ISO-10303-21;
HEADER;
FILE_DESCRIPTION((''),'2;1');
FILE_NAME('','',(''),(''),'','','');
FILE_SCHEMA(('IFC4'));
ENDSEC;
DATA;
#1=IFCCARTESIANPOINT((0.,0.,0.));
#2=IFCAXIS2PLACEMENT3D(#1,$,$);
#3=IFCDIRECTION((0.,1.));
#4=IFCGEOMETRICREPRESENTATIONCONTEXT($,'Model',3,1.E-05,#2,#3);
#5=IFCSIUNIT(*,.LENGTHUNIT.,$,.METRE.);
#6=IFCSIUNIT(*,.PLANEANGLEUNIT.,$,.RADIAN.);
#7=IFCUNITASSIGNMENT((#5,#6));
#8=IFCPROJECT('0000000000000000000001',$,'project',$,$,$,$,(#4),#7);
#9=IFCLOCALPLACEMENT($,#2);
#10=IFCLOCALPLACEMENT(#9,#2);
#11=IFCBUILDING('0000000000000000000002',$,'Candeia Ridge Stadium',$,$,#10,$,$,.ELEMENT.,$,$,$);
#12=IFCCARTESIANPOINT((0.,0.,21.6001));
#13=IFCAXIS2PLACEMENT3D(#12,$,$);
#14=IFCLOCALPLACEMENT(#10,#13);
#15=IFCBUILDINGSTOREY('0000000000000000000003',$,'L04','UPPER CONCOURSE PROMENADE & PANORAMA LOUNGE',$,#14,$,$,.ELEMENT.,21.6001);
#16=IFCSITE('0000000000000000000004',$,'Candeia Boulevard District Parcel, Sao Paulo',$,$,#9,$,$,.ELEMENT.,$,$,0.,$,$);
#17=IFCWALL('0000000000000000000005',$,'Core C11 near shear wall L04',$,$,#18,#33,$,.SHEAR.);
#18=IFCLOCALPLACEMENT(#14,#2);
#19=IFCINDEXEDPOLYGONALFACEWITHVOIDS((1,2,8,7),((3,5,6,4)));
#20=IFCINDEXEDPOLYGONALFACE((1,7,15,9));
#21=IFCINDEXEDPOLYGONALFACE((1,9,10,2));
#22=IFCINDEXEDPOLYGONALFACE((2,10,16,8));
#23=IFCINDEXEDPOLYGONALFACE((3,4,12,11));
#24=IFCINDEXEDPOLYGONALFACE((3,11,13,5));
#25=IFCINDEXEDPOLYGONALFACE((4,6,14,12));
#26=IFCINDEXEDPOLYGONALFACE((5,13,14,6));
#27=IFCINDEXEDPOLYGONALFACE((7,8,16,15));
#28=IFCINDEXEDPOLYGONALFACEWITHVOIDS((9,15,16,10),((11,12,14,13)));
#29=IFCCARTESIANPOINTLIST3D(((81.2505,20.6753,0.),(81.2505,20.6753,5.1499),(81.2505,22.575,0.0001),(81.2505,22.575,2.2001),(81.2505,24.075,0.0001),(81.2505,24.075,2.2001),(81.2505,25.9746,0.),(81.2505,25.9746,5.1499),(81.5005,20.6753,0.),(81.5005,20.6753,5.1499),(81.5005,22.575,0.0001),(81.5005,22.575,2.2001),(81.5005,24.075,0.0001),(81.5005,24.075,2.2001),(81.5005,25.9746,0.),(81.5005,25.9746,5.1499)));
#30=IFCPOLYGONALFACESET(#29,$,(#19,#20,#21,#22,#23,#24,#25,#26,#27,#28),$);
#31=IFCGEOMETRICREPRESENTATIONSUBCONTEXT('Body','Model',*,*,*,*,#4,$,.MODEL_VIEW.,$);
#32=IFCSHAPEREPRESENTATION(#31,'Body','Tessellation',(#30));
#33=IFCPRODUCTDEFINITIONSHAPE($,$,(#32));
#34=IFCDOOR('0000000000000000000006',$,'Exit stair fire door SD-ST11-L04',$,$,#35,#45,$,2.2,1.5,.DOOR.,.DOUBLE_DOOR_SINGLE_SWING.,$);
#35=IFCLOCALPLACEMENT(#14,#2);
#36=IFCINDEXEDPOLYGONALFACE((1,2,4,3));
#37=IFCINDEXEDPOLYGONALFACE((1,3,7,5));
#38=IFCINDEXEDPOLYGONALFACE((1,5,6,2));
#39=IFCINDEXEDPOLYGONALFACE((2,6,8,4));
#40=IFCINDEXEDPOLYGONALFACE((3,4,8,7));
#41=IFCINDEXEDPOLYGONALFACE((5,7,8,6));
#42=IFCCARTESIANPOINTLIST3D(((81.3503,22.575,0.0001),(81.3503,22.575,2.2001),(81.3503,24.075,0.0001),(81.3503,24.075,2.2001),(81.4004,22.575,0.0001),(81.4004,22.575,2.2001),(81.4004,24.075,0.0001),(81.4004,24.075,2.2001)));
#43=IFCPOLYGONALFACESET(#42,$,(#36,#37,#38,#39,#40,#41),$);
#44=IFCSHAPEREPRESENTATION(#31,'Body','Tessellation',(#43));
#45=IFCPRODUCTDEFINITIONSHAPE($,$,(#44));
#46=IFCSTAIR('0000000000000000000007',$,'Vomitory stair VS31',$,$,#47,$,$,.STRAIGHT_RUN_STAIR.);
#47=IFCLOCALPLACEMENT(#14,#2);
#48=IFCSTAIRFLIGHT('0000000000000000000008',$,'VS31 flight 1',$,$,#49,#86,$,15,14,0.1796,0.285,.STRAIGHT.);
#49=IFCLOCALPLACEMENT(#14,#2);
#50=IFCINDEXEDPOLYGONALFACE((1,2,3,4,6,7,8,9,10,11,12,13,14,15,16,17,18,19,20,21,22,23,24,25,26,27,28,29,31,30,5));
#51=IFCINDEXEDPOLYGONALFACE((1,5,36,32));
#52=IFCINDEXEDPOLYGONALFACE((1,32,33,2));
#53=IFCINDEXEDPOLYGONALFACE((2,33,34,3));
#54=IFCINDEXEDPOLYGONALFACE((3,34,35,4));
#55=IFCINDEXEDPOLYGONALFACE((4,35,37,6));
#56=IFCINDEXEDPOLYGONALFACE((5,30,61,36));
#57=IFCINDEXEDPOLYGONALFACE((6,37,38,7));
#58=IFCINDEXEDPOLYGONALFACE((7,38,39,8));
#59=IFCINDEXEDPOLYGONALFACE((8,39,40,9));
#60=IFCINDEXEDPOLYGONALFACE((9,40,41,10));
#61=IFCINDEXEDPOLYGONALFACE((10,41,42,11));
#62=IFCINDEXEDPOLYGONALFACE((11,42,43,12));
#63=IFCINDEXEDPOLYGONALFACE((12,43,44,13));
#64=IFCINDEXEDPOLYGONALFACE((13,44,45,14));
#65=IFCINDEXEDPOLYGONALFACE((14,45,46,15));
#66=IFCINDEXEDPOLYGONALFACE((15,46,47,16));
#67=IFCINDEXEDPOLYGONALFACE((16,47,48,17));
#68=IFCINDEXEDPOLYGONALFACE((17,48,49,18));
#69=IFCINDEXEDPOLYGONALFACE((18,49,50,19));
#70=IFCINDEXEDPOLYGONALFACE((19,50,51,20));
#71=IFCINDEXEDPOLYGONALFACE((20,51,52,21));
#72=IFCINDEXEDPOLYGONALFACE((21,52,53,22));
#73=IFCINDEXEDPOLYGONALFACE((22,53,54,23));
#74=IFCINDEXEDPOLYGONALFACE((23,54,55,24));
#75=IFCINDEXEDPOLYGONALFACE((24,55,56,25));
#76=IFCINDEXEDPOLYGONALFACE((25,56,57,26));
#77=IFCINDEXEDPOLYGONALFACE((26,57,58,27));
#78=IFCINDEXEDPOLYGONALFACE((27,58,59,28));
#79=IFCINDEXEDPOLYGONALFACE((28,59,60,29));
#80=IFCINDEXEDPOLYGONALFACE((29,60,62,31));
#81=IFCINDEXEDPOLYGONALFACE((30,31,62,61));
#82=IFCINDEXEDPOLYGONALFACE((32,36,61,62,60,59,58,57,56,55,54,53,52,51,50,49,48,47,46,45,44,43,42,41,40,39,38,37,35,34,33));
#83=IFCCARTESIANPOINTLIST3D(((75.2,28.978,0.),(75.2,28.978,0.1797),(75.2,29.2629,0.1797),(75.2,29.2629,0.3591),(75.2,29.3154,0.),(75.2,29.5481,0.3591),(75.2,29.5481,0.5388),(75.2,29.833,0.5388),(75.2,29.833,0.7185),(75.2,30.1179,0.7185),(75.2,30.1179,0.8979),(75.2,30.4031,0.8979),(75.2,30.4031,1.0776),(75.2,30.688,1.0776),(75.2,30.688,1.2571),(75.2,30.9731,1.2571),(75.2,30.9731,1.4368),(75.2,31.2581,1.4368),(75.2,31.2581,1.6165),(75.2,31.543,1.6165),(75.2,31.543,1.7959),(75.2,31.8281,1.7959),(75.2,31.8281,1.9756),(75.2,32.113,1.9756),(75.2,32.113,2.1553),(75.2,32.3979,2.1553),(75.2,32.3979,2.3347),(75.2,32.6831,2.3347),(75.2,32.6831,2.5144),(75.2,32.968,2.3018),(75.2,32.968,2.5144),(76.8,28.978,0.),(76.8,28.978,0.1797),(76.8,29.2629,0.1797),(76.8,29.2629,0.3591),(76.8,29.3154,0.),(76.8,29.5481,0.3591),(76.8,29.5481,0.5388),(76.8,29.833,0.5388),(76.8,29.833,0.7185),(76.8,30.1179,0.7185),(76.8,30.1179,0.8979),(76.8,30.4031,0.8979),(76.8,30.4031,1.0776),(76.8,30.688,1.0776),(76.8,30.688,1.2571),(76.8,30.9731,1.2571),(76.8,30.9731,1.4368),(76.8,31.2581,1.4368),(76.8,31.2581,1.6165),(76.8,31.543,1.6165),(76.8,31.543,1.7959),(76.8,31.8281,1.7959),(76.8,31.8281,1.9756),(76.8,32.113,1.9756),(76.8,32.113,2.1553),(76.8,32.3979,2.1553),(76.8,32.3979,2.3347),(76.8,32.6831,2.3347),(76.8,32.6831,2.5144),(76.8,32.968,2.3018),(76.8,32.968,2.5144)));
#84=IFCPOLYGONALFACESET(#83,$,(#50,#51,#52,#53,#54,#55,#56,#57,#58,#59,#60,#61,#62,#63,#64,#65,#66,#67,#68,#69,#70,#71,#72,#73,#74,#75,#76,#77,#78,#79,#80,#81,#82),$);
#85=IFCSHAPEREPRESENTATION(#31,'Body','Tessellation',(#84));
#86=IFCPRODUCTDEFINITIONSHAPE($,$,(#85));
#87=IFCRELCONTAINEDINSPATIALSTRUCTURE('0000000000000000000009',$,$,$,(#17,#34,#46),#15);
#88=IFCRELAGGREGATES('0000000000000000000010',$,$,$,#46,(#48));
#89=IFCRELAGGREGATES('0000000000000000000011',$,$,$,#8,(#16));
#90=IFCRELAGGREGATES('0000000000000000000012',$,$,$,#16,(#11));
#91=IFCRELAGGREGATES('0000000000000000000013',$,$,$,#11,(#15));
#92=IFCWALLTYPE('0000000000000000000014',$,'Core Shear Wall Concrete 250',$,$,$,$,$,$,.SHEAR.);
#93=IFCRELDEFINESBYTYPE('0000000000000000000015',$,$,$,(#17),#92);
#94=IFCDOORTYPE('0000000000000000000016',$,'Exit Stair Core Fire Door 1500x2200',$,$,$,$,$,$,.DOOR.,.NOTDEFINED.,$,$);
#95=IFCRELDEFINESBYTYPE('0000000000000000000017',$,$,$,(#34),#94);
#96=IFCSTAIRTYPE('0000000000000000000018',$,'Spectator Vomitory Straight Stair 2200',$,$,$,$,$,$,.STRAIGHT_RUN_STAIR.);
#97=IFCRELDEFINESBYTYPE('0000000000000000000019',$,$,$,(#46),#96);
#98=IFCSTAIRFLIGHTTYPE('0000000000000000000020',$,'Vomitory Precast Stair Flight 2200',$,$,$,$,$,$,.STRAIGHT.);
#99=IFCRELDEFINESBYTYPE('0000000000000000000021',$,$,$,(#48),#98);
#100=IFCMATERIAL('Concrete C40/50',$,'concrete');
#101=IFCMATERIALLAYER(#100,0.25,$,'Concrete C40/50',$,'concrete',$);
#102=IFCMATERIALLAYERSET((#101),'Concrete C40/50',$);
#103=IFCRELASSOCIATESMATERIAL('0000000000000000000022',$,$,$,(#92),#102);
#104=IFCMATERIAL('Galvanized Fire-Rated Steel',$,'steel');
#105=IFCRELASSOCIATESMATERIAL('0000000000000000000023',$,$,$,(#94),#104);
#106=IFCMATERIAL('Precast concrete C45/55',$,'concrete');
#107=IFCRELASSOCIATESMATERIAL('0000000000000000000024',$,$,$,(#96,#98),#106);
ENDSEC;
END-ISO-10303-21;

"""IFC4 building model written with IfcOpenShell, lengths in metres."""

from ifc_helpers import new_model, si_unit, direction, frame, frame_2d, origin, place, context, subcontext, project, spatial, polyline, rectangle, outline, extrude, material, layer, layer_set, type_object, element, fill, aggregate, save


model = new_model("IFC4")

# Units and contexts
model_context = context("Model", 3, precision=1e-05, world=origin(), true_north=direction((0.0, 1.0)))
body_context = subcontext(model_context, "Body", "Model", "MODEL_VIEW")
ifc_project = project(units=[si_unit("LENGTHUNIT", "METRE"), si_unit("PLANEANGLEUNIT", "RADIAN")], contexts=[model_context])

# Site, building, storey
site_placement = place(None, origin())
site = spatial("IfcSite", under=ifc_project, at=site_placement, Name="Candeia Boulevard District Parcel, Sao Paulo", CompositionType="ELEMENT", RefElevation=0.0)
building_placement = place(site_placement, origin())
building = spatial("IfcBuilding", under=site, at=building_placement, Name="Candeia Ridge Stadium", CompositionType="ELEMENT")
storey_placement = place(building_placement, frame((0.0, 0.0, 21.6001)))
storey = spatial("IfcBuildingStorey", under=building, at=storey_placement, Name="L04", Description="UPPER CONCOURSE PROMENADE & PANORAMA LOUNGE", CompositionType="ELEMENT", Elevation=21.6001)

# Shared definitions
ifc_material_1 = material(Name="Concrete C40/50", Category="concrete")

# Shared definitions
ifc_material_2 = material(Name="Precast concrete C45/55", Category="concrete")

# Shared definitions
ifc_layer_1 = layer(ifc_material_1, 0.25, Name="Concrete C40/50", Category="concrete")
ifc_layer_set_1 = layer_set([ifc_layer_1], Name="Concrete C40/50")
wall_type = type_object("IfcWallType", Name="Core Shear Wall Concrete 250", PredefinedType="SHEAR", material=ifc_layer_set_1)

# Wall, opening, door
ifc_material_3 = material(Name="Galvanized Fire-Rated Steel", Category="steel")
door_type = type_object("IfcDoorType", Name="Exit Stair Core Fire Door 1500x2200", OperationType="NOTDEFINED", PredefinedType="DOOR", material=ifc_material_3)
wall_1_placement = place(storey_placement, frame((81.3755, 25.9746, 0.0), z_axis=(0.0, 0.0, 1.0), x_axis=(0.0, -1.0, 0.0)))
wall_1 = element("IfcWall", 1, at=wall_1_placement, inside=storey, type_object=wall_type, Name="Core C11 near shear wall L04", PredefinedType="SHEAR", context=body_context, shape_type="SweptSolid", body=[
    extrude(rectangle(XDim=5.2993, YDim=0.25, at=frame_2d((2.6497, 0.0))), origin(), (0.0, 0.0, 1.0), 5.1499),
])
opening_1_placement = place(wall_1_placement, frame((1.8997, 0.0, 0.0)))
opening_1 = element("IfcOpeningElement", 2, at=opening_1_placement, cuts=wall_1, PredefinedType="OPENING", context=body_context, shape_type="SweptSolid", body=[
    extrude(rectangle(XDim=1.5, YDim=2.2, at=frame_2d((0.75, 1.1001))), frame((0.0, 0.135, 0.0), z_axis=(0.0, -1.0, 0.0), x_axis=(1.0, 0.0, 0.0)), (0.0, 0.0, 1.0), 0.27),
])
door_1_placement = place(opening_1_placement, origin())
door_1 = element("IfcDoor", 3, at=door_1_placement, inside=storey, type_object=door_type, Name="Exit stair fire door SD-ST11-L04", OperationType="DOUBLE_DOOR_SINGLE_SWING", OverallHeight=2.2, OverallWidth=1.5, PredefinedType="DOOR", context=body_context, shape_type="SweptSolid", body=[
    extrude(rectangle(XDim=1.5, YDim=2.2, at=frame_2d((0.75, 1.1001))), frame((0.0, 0.0249, 0.0), z_axis=(0.0, -1.0, 0.0), x_axis=(1.0, 0.0, 0.0)), (0.0, 0.0, 1.0), 0.05),
])
fill(opening_1, door_1)

# Stair, stair flight
stair_type = type_object("IfcStairType", Name="Spectator Vomitory Straight Stair 2200", PredefinedType="STRAIGHT_RUN_STAIR", material=ifc_material_2)
stair_placement = place(storey_placement, origin())
stair = element("IfcStair", 4, at=stair_placement, inside=storey, type_object=stair_type, Name="Vomitory stair VS31", PredefinedType="STRAIGHT_RUN_STAIR")
stair_flight_type = type_object("IfcStairFlightType", Name="Vomitory Precast Stair Flight 2200", PredefinedType="STRAIGHT", material=ifc_material_2)
stair_flight_placement = place(storey_placement, frame((76.0, 28.978, 0.0), z_axis=(0.0, 0.0, 1.0), x_axis=(0.0, 1.0, 0.0)))
stair_flight = element("IfcStairFlight", 5, at=stair_flight_placement, type_object=stair_flight_type, Name="VS31 flight 1", NumberOfRisers=15, NumberOfTreads=14, PredefinedType="STRAIGHT", RiserHeight=0.1796, TreadLength=0.285, context=body_context, shape_type="SweptSolid", body=[
    extrude(outline(polyline([(0.0, 0.0), (0.0, 0.1797), (0.2849, 0.1797), (0.2849, 0.3591), (0.5701, 0.3591), (0.5701, 0.5388), (0.855, 0.5388), (0.855, 0.7185), (1.1399, 0.7185), (1.1399, 0.8979), (1.425, 0.8979), (1.425, 1.0776), (1.71, 1.0776), (1.71, 1.2571), (1.9951, 1.2571), (1.9951, 1.4368), (2.28, 1.4368), (2.28, 1.6165), (2.5649, 1.6165), (2.5649, 1.7959), (2.8501, 1.7959), (2.8501, 1.9756), (3.135, 1.9756), (3.135, 2.1553), (3.4199, 2.1553), (3.4199, 2.3347), (3.7051, 2.3347), (3.7051, 2.5144), (3.99, 2.5144), (3.99, 2.6941), (3.99, 2.3018), (0.3374, 0.0), (0.0, 0.0)])), frame((0.0, 0.8, 0.0), z_axis=(0.0, -1.0, 0.0), x_axis=(1.0, 0.0, 0.0)), (0.0, 0.0, 1.0), 1.6001),
])
aggregate(stair, [stair_flight])

save(model, "model.ifc")
